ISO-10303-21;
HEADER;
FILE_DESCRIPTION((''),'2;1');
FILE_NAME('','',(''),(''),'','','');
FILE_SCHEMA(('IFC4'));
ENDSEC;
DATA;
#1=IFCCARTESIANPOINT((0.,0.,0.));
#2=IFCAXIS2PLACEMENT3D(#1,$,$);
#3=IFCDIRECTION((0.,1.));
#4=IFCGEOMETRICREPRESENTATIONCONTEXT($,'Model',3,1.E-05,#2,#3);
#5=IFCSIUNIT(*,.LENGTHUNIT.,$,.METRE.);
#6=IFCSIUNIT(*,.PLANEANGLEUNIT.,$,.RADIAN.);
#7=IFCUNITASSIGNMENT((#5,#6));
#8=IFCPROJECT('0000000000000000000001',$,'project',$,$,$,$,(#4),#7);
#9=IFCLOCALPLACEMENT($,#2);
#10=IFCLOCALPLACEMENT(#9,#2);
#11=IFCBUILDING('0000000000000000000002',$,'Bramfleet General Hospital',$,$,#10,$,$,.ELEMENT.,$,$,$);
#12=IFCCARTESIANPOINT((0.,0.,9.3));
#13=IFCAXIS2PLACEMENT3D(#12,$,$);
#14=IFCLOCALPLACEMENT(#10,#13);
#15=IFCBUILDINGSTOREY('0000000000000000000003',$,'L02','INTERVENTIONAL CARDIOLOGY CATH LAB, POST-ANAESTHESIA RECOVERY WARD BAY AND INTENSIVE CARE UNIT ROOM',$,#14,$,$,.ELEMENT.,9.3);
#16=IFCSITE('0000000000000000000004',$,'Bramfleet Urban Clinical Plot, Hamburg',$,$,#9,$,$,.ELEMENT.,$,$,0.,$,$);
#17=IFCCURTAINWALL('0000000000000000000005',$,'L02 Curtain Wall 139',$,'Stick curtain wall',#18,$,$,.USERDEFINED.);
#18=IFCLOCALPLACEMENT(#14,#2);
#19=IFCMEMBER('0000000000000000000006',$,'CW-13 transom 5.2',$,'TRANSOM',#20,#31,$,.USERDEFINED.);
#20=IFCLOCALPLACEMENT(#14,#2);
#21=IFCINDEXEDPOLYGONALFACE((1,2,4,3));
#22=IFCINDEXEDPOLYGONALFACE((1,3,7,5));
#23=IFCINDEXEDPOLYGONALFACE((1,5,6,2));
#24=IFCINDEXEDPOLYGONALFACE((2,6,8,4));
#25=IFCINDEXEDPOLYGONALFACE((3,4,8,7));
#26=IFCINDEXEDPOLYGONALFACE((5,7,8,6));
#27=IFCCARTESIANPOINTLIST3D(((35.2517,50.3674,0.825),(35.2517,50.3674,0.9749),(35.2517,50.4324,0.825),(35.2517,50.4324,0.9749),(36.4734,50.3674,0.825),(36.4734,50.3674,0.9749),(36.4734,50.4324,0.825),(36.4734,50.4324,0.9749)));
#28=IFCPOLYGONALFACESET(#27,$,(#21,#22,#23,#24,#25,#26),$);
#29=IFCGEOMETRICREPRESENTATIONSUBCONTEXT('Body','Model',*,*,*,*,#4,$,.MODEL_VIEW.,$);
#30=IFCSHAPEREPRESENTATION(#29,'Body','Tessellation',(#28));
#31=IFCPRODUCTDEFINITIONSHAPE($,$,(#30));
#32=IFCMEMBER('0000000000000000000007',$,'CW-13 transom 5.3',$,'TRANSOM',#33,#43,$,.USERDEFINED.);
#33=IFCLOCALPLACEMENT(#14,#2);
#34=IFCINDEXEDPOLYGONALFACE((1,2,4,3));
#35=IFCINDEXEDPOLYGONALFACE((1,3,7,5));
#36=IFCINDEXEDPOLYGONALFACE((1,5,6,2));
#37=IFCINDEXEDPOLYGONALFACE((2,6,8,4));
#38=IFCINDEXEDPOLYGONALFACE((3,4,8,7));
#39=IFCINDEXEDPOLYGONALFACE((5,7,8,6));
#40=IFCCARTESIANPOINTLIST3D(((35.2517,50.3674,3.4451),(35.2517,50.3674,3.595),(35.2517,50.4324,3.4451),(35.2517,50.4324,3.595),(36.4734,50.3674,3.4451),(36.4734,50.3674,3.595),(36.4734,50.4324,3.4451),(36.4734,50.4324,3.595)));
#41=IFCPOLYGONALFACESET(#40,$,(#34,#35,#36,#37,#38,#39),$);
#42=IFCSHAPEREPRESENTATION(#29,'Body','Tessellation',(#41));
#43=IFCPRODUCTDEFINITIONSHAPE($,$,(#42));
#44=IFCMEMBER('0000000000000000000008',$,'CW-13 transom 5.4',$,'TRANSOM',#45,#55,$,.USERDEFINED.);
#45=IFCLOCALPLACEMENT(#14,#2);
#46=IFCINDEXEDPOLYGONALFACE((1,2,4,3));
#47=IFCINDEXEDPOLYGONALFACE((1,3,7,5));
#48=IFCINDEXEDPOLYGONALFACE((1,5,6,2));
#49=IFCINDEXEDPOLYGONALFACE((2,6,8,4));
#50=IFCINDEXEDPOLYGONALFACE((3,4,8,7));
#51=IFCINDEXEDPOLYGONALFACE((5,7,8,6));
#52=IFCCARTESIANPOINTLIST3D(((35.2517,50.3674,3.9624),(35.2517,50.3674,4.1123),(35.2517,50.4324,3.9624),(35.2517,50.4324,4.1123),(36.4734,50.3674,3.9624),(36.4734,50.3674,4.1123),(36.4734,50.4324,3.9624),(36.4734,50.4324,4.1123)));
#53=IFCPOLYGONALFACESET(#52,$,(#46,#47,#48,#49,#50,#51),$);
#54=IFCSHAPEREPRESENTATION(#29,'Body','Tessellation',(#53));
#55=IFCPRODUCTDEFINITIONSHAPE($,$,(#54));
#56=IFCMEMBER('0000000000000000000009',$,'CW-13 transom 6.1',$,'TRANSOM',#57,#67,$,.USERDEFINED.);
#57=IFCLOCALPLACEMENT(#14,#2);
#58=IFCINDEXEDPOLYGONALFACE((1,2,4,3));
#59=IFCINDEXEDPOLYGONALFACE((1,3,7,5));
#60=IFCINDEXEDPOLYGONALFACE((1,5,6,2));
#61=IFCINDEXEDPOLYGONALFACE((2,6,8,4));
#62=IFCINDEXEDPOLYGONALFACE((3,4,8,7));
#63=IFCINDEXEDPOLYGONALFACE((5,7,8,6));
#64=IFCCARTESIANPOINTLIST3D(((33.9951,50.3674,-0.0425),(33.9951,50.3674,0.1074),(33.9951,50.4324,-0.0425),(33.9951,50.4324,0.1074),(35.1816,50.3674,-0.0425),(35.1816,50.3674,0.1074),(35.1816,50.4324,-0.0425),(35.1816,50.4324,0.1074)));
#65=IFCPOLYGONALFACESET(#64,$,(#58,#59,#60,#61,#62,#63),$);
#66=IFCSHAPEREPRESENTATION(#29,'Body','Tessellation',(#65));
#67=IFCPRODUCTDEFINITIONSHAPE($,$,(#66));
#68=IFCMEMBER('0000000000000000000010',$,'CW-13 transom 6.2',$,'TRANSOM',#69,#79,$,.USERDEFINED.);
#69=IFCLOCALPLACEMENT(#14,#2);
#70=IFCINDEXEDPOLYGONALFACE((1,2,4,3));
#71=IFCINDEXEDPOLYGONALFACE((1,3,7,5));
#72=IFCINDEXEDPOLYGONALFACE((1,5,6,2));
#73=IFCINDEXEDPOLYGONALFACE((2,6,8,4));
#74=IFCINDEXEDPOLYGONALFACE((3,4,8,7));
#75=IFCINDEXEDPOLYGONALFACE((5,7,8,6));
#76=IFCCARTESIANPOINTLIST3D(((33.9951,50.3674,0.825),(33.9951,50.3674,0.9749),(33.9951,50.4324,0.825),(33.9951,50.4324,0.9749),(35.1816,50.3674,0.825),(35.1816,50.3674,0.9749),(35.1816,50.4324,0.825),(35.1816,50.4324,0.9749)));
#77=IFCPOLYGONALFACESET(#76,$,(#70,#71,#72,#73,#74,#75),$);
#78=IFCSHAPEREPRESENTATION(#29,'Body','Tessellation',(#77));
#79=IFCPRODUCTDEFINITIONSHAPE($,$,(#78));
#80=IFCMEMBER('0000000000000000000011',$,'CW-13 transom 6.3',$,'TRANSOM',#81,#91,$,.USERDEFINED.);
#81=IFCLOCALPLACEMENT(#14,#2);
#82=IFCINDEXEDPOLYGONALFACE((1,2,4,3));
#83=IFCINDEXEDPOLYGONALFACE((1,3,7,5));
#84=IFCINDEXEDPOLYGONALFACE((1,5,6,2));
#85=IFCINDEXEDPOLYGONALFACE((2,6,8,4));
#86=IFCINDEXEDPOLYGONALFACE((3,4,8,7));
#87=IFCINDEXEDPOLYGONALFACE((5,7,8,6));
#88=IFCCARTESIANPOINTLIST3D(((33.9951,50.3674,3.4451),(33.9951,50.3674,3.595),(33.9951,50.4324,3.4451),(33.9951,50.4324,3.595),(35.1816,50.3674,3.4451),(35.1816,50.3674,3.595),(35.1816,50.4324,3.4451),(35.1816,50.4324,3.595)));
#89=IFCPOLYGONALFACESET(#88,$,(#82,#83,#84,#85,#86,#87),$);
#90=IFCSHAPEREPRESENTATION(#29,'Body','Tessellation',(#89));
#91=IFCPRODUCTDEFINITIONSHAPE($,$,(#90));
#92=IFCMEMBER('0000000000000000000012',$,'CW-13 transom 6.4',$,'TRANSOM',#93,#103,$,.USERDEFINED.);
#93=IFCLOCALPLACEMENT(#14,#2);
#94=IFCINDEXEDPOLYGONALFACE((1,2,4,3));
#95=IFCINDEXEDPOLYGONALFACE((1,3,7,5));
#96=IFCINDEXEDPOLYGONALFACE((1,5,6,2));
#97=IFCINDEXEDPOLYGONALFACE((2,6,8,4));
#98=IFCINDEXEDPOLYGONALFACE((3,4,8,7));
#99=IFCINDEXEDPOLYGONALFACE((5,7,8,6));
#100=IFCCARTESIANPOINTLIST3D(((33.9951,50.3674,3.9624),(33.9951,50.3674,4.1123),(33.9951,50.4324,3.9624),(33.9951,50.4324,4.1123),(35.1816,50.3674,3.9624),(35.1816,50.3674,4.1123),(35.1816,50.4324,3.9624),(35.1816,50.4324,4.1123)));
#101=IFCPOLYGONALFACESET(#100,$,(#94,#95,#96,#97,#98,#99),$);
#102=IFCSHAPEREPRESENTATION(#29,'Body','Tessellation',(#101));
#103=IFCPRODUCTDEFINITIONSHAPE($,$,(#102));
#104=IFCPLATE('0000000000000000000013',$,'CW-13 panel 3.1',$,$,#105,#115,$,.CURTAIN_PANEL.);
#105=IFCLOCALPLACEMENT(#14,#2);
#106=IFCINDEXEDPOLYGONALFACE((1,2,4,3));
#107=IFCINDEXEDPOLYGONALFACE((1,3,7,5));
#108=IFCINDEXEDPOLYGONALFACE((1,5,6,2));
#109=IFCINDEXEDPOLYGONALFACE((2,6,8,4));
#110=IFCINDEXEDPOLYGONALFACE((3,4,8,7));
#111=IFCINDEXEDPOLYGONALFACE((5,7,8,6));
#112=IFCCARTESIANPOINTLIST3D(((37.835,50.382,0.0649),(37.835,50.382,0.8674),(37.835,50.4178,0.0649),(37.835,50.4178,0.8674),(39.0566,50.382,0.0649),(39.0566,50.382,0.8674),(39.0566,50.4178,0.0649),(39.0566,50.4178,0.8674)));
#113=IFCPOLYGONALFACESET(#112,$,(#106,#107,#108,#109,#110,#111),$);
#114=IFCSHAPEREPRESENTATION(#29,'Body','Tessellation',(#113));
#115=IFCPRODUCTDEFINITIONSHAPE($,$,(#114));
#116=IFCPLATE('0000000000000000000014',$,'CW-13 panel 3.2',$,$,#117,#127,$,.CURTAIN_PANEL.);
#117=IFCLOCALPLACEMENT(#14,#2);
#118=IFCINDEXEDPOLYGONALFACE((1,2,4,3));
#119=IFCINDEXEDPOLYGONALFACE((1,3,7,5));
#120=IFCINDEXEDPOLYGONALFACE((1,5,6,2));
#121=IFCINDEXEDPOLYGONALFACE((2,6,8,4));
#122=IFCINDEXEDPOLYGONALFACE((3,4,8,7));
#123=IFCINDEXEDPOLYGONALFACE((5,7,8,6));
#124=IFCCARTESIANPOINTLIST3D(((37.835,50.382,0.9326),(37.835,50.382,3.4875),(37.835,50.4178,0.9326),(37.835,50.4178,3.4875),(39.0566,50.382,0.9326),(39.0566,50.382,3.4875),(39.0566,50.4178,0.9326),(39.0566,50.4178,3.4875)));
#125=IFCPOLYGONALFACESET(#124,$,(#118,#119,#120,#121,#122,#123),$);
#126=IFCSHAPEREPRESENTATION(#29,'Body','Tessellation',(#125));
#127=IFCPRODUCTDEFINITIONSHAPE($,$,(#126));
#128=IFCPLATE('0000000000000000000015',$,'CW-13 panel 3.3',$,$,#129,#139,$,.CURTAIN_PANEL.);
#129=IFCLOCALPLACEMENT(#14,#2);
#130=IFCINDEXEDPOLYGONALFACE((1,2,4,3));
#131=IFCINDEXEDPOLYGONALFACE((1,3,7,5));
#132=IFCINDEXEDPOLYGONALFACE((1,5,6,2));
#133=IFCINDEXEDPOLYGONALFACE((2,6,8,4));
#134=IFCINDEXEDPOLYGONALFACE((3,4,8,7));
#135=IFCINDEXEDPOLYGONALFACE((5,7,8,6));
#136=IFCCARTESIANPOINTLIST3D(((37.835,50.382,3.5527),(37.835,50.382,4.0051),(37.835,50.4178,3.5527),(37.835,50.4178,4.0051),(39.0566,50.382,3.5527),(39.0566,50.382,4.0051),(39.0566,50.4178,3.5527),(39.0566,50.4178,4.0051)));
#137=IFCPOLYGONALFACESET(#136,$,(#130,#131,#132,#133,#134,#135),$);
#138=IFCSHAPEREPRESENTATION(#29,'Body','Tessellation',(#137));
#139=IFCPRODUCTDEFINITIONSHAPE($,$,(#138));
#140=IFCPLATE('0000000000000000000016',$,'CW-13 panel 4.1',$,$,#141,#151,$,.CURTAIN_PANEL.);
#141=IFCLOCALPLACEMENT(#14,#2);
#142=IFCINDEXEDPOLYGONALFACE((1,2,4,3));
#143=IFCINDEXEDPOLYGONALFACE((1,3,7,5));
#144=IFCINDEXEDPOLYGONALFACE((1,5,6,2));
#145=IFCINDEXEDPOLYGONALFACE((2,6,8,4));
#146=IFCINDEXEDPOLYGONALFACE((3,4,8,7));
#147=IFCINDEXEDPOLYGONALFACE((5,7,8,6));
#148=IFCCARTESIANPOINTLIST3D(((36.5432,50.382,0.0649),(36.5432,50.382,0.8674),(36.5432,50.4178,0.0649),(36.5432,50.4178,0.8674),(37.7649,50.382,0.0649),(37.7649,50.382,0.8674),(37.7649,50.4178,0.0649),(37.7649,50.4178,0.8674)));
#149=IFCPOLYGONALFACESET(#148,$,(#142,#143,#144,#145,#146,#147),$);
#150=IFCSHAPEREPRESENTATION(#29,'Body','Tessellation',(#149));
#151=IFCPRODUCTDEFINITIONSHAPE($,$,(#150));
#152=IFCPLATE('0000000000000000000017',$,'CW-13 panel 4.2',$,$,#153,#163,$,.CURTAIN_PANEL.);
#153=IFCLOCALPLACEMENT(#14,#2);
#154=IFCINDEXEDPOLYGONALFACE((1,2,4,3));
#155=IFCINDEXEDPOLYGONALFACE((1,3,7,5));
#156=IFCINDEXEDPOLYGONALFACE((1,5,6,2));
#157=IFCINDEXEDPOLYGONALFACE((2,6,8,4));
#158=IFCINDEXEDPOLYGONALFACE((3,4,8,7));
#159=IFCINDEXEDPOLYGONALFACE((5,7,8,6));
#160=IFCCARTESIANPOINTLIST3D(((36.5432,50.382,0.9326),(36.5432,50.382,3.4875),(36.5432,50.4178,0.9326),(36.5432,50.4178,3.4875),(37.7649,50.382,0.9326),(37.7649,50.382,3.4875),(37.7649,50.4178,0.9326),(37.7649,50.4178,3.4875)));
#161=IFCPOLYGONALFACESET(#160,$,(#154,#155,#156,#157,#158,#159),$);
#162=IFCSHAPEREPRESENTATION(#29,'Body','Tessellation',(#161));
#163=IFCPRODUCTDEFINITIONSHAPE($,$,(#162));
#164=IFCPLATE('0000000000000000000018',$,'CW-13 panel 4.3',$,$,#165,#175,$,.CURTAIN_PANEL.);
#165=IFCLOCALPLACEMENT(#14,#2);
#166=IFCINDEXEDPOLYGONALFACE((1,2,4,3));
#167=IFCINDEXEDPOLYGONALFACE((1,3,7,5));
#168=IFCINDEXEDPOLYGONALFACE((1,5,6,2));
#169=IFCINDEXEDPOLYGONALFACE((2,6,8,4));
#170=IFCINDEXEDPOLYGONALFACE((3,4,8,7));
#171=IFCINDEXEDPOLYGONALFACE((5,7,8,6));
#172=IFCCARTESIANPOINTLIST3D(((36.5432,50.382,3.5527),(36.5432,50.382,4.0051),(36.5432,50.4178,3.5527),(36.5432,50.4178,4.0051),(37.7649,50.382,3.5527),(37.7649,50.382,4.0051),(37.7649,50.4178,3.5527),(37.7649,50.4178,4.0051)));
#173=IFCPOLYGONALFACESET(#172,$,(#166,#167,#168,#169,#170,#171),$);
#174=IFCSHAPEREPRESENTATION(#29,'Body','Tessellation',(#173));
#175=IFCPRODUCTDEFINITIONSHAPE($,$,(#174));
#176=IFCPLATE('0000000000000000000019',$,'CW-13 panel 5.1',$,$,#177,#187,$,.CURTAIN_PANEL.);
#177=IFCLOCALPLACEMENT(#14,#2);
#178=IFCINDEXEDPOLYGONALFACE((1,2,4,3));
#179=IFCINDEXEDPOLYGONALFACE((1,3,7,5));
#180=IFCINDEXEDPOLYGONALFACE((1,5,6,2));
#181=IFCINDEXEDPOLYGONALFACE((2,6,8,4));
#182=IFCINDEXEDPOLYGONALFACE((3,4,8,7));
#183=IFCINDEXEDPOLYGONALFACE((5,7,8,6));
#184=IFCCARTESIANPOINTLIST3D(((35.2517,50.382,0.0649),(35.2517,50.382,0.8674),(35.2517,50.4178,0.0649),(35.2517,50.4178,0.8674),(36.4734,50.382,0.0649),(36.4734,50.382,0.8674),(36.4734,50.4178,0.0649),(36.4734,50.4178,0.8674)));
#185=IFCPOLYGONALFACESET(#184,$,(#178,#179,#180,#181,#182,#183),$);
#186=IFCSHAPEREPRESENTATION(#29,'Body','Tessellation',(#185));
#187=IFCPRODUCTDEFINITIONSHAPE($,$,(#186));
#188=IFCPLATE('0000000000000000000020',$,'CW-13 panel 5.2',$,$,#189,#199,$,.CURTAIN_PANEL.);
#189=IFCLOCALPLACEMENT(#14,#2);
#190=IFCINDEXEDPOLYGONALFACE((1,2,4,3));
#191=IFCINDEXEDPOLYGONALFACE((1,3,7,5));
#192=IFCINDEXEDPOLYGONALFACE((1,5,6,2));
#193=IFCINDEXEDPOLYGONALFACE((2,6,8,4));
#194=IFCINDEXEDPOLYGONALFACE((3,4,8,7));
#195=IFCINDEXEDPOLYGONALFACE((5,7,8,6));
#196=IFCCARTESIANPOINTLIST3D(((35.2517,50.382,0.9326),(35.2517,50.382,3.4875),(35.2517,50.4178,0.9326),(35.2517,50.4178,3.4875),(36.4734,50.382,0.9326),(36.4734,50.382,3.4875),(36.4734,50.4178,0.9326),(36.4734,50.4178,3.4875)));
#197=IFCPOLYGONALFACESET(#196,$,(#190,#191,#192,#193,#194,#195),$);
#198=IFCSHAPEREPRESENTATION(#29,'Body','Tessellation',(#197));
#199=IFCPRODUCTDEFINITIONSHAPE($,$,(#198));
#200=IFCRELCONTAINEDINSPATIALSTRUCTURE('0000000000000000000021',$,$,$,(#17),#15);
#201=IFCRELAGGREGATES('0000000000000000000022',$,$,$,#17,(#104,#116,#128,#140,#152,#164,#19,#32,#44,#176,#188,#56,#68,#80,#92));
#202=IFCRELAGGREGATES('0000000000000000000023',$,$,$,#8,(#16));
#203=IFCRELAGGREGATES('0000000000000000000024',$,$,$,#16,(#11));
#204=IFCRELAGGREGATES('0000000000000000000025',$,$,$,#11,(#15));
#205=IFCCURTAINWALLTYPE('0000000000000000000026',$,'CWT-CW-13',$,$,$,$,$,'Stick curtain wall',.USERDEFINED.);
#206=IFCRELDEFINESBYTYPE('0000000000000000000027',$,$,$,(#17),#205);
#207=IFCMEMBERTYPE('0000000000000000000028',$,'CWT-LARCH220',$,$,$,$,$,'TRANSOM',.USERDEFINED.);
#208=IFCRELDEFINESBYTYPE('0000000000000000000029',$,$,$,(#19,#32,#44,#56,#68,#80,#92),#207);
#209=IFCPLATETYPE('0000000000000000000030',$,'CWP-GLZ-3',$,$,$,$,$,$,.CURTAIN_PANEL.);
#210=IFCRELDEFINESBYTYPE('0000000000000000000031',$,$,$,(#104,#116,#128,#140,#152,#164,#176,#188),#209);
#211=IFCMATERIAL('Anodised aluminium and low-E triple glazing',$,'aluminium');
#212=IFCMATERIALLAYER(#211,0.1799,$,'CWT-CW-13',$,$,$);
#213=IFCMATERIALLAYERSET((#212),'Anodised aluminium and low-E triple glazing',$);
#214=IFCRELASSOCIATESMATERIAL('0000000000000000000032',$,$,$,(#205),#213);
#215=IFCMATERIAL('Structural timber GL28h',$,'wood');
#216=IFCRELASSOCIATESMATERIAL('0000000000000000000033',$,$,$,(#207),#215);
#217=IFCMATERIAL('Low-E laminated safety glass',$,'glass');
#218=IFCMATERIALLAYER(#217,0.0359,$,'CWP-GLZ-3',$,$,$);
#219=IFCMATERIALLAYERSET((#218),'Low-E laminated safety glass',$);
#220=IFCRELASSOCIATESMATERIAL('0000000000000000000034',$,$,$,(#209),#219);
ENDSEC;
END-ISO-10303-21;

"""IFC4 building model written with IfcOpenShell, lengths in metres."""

from ifc_helpers import new_model, si_unit, direction, frame, origin, origin_2d, place, context, subcontext, project, spatial, rectangle, extrude, material, layer, layer_set, material_profile, profile_set, type_object, element, aggregate, save


model = new_model("IFC4")

# Units and contexts
model_context = context("Model", 3, precision=1e-05, world=origin(), true_north=direction((0.0, 1.0)))
body_context = subcontext(model_context, "Body", "Model", "MODEL_VIEW")
ifc_project = project(units=[si_unit("LENGTHUNIT", "METRE"), si_unit("PLANEANGLEUNIT", "RADIAN")], contexts=[model_context])

# Site, building, storey
site_placement = place(None, origin())
site = spatial("IfcSite", under=ifc_project, at=site_placement, Name="Bramfleet Urban Clinical Plot, Hamburg", CompositionType="ELEMENT", RefElevation=0.0)
building_placement = place(site_placement, origin())
building = spatial("IfcBuilding", under=site, at=building_placement, Name="Bramfleet General Hospital", CompositionType="ELEMENT")
storey_placement = place(building_placement, frame((0.0, 0.0, 9.3)))
storey = spatial("IfcBuildingStorey", under=building, at=storey_placement, Name="L02", Description="INTERVENTIONAL CARDIOLOGY CATH LAB, POST-ANAESTHESIA RECOVERY WARD BAY AND INTENSIVE CARE UNIT ROOM", CompositionType="ELEMENT", Elevation=9.3)

# Curtain wall, members, plates
ifc_material_1 = material(Name="Anodised aluminium and low-E triple glazing", Category="aluminium")
ifc_layer_1 = layer(ifc_material_1, 0.1799, Name="CWT-CW-13")
ifc_layer_set_1 = layer_set([ifc_layer_1], Name="Anodised aluminium and low-E triple glazing")
curtain_wall_type = type_object("IfcCurtainWallType", Name="CWT-CW-13", ElementType="Stick curtain wall", PredefinedType="USERDEFINED", material=ifc_layer_set_1)
curtain_wall_placement = place(storey_placement, origin())
curtain_wall = element("IfcCurtainWall", 1, at=curtain_wall_placement, inside=storey, type_object=curtain_wall_type, Name="L02 Curtain Wall 139", ObjectType="Stick curtain wall", PredefinedType="USERDEFINED")
ifc_material_2 = material(Name="Structural timber GL28h", Category="wood")
ifc_material_profile_1 = material_profile(ifc_material_2, rectangle(XDim=0.0649, YDim=0.1499, at=origin_2d()), Name="LARCH 150x65")
ifc_profile_set_1 = profile_set([ifc_material_profile_1], Name="Structural timber GL28h")
member_type_1 = type_object("IfcMemberType", Name="CWT-LARCH220", ElementType="TRANSOM", PredefinedType="USERDEFINED", material=ifc_profile_set_1)
member_1_placement = place(storey_placement, frame((36.4734, 50.3999, 0.8999), z_axis=(-1.0, 0.0, 0.0), x_axis=(0.0, -1.0, 0.0)))
member_1 = element("IfcMember", 2, at=member_1_placement, type_object=member_type_1, Name="CW-13 transom 5.2", ObjectType="TRANSOM", PredefinedType="USERDEFINED", context=body_context, shape_type="SweptSolid", body=[
    extrude(rectangle(XDim=0.0649, YDim=0.1499, at=origin_2d()), origin(), (0.0, 0.0, 1.0), 1.2217),
])
member_2_placement = place(storey_placement, frame((36.4734, 50.3999, 3.52), z_axis=(-1.0, 0.0, 0.0), x_axis=(0.0, -1.0, 0.0)))
member_2 = element("IfcMember", 3, at=member_2_placement, type_object=member_type_1, Name="CW-13 transom 5.3", ObjectType="TRANSOM", PredefinedType="USERDEFINED", context=body_context, shape_type="SweptSolid", body=[
    extrude(rectangle(XDim=0.0649, YDim=0.1499, at=origin_2d()), origin(), (0.0, 0.0, 1.0), 1.2217),
])
member_3_placement = place(storey_placement, frame((36.4734, 50.3999, 4.0374), z_axis=(-1.0, 0.0, 0.0), x_axis=(0.0, -1.0, 0.0)))
member_3 = element("IfcMember", 4, at=member_3_placement, type_object=member_type_1, Name="CW-13 transom 5.4", ObjectType="TRANSOM", PredefinedType="USERDEFINED", context=body_context, shape_type="SweptSolid", body=[
    extrude(rectangle(XDim=0.0649, YDim=0.1499, at=origin_2d()), origin(), (0.0, 0.0, 1.0), 1.2217),
])
member_4_placement = place(storey_placement, frame((35.1816, 50.3999, 0.0325), z_axis=(-1.0, 0.0, 0.0), x_axis=(0.0, -1.0, 0.0)))
member_4 = element("IfcMember", 5, at=member_4_placement, type_object=member_type_1, Name="CW-13 transom 6.1", ObjectType="TRANSOM", PredefinedType="USERDEFINED", context=body_context, shape_type="SweptSolid", body=[
    extrude(rectangle(XDim=0.0649, YDim=0.1499, at=origin_2d()), origin(), (0.0, 0.0, 1.0), 1.1865),
])
member_5_placement = place(storey_placement, frame((35.1816, 50.3999, 0.8999), z_axis=(-1.0, 0.0, 0.0), x_axis=(0.0, -1.0, 0.0)))
member_5 = element("IfcMember", 6, at=member_5_placement, type_object=member_type_1, Name="CW-13 transom 6.2", ObjectType="TRANSOM", PredefinedType="USERDEFINED", context=body_context, shape_type="SweptSolid", body=[
    extrude(rectangle(XDim=0.0649, YDim=0.1499, at=origin_2d()), origin(), (0.0, 0.0, 1.0), 1.1865),
])
member_6_placement = place(storey_placement, frame((35.1816, 50.3999, 3.52), z_axis=(-1.0, 0.0, 0.0), x_axis=(0.0, -1.0, 0.0)))
member_6 = element("IfcMember", 7, at=member_6_placement, type_object=member_type_1, Name="CW-13 transom 6.3", ObjectType="TRANSOM", PredefinedType="USERDEFINED", context=body_context, shape_type="SweptSolid", body=[
    extrude(rectangle(XDim=0.0649, YDim=0.1499, at=origin_2d()), origin(), (0.0, 0.0, 1.0), 1.1865),
])
member_7_placement = place(storey_placement, frame((35.1816, 50.3999, 4.0374), z_axis=(-1.0, 0.0, 0.0), x_axis=(0.0, -1.0, 0.0)))
member_7 = element("IfcMember", 8, at=member_7_placement, type_object=member_type_1, Name="CW-13 transom 6.4", ObjectType="TRANSOM", PredefinedType="USERDEFINED", context=body_context, shape_type="SweptSolid", body=[
    extrude(rectangle(XDim=0.0649, YDim=0.1499, at=origin_2d()), origin(), (0.0, 0.0, 1.0), 1.1865),
])
ifc_material_3 = material(Name="Low-E laminated safety glass", Category="glass")
ifc_layer_2 = layer(ifc_material_3, 0.0359, Name="CWP-GLZ-3")
ifc_layer_set_2 = layer_set([ifc_layer_2], Name="Low-E laminated safety glass")
plate_type = type_object("IfcPlateType", Name="CWP-GLZ-3", PredefinedType="CURTAIN_PANEL", material=ifc_layer_set_2)
plate_1_placement = place(storey_placement, frame((38.4458, 50.3999, 0.0649), z_axis=(0.0, 0.0, 1.0), x_axis=(-1.0, 0.0, 0.0)))
plate_1 = element("IfcPlate", 9, at=plate_1_placement, type_object=plate_type, Name="CW-13 panel 3.1", PredefinedType="CURTAIN_PANEL", context=body_context, shape_type="SweptSolid", body=[
    extrude(rectangle(XDim=1.2217, YDim=0.0359, at=origin_2d()), origin(), (0.0, 0.0, 1.0), 0.8025),
])
plate_2_placement = place(storey_placement, frame((38.4458, 50.3999, 0.9326), z_axis=(0.0, 0.0, 1.0), x_axis=(-1.0, 0.0, 0.0)))
plate_2 = element("IfcPlate", 10, at=plate_2_placement, type_object=plate_type, Name="CW-13 panel 3.2", PredefinedType="CURTAIN_PANEL", context=body_context, shape_type="SweptSolid", body=[
    extrude(rectangle(XDim=1.2217, YDim=0.0359, at=origin_2d()), origin(), (0.0, 0.0, 1.0), 2.5549),
])
plate_3_placement = place(storey_placement, frame((38.4458, 50.3999, 3.5527), z_axis=(0.0, 0.0, 1.0), x_axis=(-1.0, 0.0, 0.0)))
plate_3 = element("IfcPlate", 11, at=plate_3_placement, type_object=plate_type, Name="CW-13 panel 3.3", PredefinedType="CURTAIN_PANEL", context=body_context, shape_type="SweptSolid", body=[
    extrude(rectangle(XDim=1.2217, YDim=0.0359, at=origin_2d()), origin(), (0.0, 0.0, 1.0), 0.4524),
])
plate_4_placement = place(storey_placement, frame((37.1541, 50.3999, 0.0649), z_axis=(0.0, 0.0, 1.0), x_axis=(-1.0, 0.0, 0.0)))
plate_4 = element("IfcPlate", 12, at=plate_4_placement, type_object=plate_type, Name="CW-13 panel 4.1", PredefinedType="CURTAIN_PANEL", context=body_context, shape_type="SweptSolid", body=[
    extrude(rectangle(XDim=1.2217, YDim=0.0359, at=origin_2d()), origin(), (0.0, 0.0, 1.0), 0.8025),
])
plate_5_placement = place(storey_placement, frame((37.1541, 50.3999, 0.9326), z_axis=(0.0, 0.0, 1.0), x_axis=(-1.0, 0.0, 0.0)))
plate_5 = element("IfcPlate", 13, at=plate_5_placement, type_object=plate_type, Name="CW-13 panel 4.2", PredefinedType="CURTAIN_PANEL", context=body_context, shape_type="SweptSolid", body=[
    extrude(rectangle(XDim=1.2217, YDim=0.0359, at=origin_2d()), origin(), (0.0, 0.0, 1.0), 2.5549),
])
plate_6_placement = place(storey_placement, frame((37.1541, 50.3999, 3.5527), z_axis=(0.0, 0.0, 1.0), x_axis=(-1.0, 0.0, 0.0)))
plate_6 = element("IfcPlate", 14, at=plate_6_placement, type_object=plate_type, Name="CW-13 panel 4.3", PredefinedType="CURTAIN_PANEL", context=body_context, shape_type="SweptSolid", body=[
    extrude(rectangle(XDim=1.2217, YDim=0.0359, at=origin_2d()), origin(), (0.0, 0.0, 1.0), 0.4524),
])
plate_7_placement = place(storey_placement, frame((35.8625, 50.3999, 0.0649), z_axis=(0.0, 0.0, 1.0), x_axis=(-1.0, 0.0, 0.0)))
plate_7 = element("IfcPlate", 15, at=plate_7_placement, type_object=plate_type, Name="CW-13 panel 5.1", PredefinedType="CURTAIN_PANEL", context=body_context, shape_type="SweptSolid", body=[
    extrude(rectangle(XDim=1.2217, YDim=0.0359, at=origin_2d()), origin(), (0.0, 0.0, 1.0), 0.8025),
])
plate_8_placement = place(storey_placement, frame((35.8625, 50.3999, 0.9326), z_axis=(0.0, 0.0, 1.0), x_axis=(-1.0, 0.0, 0.0)))
plate_8 = element("IfcPlate", 16, at=plate_8_placement, type_object=plate_type, Name="CW-13 panel 5.2", PredefinedType="CURTAIN_PANEL", context=body_context, shape_type="SweptSolid", body=[
    extrude(rectangle(XDim=1.2217, YDim=0.0359, at=origin_2d()), origin(), (0.0, 0.0, 1.0), 2.5549),
])
aggregate(curtain_wall, [plate_1, plate_2, plate_3, plate_4, plate_5, plate_6, member_1, member_2, member_3, plate_7, plate_8, member_4, member_5, member_6, member_7])

save(model, "model.ifc")
